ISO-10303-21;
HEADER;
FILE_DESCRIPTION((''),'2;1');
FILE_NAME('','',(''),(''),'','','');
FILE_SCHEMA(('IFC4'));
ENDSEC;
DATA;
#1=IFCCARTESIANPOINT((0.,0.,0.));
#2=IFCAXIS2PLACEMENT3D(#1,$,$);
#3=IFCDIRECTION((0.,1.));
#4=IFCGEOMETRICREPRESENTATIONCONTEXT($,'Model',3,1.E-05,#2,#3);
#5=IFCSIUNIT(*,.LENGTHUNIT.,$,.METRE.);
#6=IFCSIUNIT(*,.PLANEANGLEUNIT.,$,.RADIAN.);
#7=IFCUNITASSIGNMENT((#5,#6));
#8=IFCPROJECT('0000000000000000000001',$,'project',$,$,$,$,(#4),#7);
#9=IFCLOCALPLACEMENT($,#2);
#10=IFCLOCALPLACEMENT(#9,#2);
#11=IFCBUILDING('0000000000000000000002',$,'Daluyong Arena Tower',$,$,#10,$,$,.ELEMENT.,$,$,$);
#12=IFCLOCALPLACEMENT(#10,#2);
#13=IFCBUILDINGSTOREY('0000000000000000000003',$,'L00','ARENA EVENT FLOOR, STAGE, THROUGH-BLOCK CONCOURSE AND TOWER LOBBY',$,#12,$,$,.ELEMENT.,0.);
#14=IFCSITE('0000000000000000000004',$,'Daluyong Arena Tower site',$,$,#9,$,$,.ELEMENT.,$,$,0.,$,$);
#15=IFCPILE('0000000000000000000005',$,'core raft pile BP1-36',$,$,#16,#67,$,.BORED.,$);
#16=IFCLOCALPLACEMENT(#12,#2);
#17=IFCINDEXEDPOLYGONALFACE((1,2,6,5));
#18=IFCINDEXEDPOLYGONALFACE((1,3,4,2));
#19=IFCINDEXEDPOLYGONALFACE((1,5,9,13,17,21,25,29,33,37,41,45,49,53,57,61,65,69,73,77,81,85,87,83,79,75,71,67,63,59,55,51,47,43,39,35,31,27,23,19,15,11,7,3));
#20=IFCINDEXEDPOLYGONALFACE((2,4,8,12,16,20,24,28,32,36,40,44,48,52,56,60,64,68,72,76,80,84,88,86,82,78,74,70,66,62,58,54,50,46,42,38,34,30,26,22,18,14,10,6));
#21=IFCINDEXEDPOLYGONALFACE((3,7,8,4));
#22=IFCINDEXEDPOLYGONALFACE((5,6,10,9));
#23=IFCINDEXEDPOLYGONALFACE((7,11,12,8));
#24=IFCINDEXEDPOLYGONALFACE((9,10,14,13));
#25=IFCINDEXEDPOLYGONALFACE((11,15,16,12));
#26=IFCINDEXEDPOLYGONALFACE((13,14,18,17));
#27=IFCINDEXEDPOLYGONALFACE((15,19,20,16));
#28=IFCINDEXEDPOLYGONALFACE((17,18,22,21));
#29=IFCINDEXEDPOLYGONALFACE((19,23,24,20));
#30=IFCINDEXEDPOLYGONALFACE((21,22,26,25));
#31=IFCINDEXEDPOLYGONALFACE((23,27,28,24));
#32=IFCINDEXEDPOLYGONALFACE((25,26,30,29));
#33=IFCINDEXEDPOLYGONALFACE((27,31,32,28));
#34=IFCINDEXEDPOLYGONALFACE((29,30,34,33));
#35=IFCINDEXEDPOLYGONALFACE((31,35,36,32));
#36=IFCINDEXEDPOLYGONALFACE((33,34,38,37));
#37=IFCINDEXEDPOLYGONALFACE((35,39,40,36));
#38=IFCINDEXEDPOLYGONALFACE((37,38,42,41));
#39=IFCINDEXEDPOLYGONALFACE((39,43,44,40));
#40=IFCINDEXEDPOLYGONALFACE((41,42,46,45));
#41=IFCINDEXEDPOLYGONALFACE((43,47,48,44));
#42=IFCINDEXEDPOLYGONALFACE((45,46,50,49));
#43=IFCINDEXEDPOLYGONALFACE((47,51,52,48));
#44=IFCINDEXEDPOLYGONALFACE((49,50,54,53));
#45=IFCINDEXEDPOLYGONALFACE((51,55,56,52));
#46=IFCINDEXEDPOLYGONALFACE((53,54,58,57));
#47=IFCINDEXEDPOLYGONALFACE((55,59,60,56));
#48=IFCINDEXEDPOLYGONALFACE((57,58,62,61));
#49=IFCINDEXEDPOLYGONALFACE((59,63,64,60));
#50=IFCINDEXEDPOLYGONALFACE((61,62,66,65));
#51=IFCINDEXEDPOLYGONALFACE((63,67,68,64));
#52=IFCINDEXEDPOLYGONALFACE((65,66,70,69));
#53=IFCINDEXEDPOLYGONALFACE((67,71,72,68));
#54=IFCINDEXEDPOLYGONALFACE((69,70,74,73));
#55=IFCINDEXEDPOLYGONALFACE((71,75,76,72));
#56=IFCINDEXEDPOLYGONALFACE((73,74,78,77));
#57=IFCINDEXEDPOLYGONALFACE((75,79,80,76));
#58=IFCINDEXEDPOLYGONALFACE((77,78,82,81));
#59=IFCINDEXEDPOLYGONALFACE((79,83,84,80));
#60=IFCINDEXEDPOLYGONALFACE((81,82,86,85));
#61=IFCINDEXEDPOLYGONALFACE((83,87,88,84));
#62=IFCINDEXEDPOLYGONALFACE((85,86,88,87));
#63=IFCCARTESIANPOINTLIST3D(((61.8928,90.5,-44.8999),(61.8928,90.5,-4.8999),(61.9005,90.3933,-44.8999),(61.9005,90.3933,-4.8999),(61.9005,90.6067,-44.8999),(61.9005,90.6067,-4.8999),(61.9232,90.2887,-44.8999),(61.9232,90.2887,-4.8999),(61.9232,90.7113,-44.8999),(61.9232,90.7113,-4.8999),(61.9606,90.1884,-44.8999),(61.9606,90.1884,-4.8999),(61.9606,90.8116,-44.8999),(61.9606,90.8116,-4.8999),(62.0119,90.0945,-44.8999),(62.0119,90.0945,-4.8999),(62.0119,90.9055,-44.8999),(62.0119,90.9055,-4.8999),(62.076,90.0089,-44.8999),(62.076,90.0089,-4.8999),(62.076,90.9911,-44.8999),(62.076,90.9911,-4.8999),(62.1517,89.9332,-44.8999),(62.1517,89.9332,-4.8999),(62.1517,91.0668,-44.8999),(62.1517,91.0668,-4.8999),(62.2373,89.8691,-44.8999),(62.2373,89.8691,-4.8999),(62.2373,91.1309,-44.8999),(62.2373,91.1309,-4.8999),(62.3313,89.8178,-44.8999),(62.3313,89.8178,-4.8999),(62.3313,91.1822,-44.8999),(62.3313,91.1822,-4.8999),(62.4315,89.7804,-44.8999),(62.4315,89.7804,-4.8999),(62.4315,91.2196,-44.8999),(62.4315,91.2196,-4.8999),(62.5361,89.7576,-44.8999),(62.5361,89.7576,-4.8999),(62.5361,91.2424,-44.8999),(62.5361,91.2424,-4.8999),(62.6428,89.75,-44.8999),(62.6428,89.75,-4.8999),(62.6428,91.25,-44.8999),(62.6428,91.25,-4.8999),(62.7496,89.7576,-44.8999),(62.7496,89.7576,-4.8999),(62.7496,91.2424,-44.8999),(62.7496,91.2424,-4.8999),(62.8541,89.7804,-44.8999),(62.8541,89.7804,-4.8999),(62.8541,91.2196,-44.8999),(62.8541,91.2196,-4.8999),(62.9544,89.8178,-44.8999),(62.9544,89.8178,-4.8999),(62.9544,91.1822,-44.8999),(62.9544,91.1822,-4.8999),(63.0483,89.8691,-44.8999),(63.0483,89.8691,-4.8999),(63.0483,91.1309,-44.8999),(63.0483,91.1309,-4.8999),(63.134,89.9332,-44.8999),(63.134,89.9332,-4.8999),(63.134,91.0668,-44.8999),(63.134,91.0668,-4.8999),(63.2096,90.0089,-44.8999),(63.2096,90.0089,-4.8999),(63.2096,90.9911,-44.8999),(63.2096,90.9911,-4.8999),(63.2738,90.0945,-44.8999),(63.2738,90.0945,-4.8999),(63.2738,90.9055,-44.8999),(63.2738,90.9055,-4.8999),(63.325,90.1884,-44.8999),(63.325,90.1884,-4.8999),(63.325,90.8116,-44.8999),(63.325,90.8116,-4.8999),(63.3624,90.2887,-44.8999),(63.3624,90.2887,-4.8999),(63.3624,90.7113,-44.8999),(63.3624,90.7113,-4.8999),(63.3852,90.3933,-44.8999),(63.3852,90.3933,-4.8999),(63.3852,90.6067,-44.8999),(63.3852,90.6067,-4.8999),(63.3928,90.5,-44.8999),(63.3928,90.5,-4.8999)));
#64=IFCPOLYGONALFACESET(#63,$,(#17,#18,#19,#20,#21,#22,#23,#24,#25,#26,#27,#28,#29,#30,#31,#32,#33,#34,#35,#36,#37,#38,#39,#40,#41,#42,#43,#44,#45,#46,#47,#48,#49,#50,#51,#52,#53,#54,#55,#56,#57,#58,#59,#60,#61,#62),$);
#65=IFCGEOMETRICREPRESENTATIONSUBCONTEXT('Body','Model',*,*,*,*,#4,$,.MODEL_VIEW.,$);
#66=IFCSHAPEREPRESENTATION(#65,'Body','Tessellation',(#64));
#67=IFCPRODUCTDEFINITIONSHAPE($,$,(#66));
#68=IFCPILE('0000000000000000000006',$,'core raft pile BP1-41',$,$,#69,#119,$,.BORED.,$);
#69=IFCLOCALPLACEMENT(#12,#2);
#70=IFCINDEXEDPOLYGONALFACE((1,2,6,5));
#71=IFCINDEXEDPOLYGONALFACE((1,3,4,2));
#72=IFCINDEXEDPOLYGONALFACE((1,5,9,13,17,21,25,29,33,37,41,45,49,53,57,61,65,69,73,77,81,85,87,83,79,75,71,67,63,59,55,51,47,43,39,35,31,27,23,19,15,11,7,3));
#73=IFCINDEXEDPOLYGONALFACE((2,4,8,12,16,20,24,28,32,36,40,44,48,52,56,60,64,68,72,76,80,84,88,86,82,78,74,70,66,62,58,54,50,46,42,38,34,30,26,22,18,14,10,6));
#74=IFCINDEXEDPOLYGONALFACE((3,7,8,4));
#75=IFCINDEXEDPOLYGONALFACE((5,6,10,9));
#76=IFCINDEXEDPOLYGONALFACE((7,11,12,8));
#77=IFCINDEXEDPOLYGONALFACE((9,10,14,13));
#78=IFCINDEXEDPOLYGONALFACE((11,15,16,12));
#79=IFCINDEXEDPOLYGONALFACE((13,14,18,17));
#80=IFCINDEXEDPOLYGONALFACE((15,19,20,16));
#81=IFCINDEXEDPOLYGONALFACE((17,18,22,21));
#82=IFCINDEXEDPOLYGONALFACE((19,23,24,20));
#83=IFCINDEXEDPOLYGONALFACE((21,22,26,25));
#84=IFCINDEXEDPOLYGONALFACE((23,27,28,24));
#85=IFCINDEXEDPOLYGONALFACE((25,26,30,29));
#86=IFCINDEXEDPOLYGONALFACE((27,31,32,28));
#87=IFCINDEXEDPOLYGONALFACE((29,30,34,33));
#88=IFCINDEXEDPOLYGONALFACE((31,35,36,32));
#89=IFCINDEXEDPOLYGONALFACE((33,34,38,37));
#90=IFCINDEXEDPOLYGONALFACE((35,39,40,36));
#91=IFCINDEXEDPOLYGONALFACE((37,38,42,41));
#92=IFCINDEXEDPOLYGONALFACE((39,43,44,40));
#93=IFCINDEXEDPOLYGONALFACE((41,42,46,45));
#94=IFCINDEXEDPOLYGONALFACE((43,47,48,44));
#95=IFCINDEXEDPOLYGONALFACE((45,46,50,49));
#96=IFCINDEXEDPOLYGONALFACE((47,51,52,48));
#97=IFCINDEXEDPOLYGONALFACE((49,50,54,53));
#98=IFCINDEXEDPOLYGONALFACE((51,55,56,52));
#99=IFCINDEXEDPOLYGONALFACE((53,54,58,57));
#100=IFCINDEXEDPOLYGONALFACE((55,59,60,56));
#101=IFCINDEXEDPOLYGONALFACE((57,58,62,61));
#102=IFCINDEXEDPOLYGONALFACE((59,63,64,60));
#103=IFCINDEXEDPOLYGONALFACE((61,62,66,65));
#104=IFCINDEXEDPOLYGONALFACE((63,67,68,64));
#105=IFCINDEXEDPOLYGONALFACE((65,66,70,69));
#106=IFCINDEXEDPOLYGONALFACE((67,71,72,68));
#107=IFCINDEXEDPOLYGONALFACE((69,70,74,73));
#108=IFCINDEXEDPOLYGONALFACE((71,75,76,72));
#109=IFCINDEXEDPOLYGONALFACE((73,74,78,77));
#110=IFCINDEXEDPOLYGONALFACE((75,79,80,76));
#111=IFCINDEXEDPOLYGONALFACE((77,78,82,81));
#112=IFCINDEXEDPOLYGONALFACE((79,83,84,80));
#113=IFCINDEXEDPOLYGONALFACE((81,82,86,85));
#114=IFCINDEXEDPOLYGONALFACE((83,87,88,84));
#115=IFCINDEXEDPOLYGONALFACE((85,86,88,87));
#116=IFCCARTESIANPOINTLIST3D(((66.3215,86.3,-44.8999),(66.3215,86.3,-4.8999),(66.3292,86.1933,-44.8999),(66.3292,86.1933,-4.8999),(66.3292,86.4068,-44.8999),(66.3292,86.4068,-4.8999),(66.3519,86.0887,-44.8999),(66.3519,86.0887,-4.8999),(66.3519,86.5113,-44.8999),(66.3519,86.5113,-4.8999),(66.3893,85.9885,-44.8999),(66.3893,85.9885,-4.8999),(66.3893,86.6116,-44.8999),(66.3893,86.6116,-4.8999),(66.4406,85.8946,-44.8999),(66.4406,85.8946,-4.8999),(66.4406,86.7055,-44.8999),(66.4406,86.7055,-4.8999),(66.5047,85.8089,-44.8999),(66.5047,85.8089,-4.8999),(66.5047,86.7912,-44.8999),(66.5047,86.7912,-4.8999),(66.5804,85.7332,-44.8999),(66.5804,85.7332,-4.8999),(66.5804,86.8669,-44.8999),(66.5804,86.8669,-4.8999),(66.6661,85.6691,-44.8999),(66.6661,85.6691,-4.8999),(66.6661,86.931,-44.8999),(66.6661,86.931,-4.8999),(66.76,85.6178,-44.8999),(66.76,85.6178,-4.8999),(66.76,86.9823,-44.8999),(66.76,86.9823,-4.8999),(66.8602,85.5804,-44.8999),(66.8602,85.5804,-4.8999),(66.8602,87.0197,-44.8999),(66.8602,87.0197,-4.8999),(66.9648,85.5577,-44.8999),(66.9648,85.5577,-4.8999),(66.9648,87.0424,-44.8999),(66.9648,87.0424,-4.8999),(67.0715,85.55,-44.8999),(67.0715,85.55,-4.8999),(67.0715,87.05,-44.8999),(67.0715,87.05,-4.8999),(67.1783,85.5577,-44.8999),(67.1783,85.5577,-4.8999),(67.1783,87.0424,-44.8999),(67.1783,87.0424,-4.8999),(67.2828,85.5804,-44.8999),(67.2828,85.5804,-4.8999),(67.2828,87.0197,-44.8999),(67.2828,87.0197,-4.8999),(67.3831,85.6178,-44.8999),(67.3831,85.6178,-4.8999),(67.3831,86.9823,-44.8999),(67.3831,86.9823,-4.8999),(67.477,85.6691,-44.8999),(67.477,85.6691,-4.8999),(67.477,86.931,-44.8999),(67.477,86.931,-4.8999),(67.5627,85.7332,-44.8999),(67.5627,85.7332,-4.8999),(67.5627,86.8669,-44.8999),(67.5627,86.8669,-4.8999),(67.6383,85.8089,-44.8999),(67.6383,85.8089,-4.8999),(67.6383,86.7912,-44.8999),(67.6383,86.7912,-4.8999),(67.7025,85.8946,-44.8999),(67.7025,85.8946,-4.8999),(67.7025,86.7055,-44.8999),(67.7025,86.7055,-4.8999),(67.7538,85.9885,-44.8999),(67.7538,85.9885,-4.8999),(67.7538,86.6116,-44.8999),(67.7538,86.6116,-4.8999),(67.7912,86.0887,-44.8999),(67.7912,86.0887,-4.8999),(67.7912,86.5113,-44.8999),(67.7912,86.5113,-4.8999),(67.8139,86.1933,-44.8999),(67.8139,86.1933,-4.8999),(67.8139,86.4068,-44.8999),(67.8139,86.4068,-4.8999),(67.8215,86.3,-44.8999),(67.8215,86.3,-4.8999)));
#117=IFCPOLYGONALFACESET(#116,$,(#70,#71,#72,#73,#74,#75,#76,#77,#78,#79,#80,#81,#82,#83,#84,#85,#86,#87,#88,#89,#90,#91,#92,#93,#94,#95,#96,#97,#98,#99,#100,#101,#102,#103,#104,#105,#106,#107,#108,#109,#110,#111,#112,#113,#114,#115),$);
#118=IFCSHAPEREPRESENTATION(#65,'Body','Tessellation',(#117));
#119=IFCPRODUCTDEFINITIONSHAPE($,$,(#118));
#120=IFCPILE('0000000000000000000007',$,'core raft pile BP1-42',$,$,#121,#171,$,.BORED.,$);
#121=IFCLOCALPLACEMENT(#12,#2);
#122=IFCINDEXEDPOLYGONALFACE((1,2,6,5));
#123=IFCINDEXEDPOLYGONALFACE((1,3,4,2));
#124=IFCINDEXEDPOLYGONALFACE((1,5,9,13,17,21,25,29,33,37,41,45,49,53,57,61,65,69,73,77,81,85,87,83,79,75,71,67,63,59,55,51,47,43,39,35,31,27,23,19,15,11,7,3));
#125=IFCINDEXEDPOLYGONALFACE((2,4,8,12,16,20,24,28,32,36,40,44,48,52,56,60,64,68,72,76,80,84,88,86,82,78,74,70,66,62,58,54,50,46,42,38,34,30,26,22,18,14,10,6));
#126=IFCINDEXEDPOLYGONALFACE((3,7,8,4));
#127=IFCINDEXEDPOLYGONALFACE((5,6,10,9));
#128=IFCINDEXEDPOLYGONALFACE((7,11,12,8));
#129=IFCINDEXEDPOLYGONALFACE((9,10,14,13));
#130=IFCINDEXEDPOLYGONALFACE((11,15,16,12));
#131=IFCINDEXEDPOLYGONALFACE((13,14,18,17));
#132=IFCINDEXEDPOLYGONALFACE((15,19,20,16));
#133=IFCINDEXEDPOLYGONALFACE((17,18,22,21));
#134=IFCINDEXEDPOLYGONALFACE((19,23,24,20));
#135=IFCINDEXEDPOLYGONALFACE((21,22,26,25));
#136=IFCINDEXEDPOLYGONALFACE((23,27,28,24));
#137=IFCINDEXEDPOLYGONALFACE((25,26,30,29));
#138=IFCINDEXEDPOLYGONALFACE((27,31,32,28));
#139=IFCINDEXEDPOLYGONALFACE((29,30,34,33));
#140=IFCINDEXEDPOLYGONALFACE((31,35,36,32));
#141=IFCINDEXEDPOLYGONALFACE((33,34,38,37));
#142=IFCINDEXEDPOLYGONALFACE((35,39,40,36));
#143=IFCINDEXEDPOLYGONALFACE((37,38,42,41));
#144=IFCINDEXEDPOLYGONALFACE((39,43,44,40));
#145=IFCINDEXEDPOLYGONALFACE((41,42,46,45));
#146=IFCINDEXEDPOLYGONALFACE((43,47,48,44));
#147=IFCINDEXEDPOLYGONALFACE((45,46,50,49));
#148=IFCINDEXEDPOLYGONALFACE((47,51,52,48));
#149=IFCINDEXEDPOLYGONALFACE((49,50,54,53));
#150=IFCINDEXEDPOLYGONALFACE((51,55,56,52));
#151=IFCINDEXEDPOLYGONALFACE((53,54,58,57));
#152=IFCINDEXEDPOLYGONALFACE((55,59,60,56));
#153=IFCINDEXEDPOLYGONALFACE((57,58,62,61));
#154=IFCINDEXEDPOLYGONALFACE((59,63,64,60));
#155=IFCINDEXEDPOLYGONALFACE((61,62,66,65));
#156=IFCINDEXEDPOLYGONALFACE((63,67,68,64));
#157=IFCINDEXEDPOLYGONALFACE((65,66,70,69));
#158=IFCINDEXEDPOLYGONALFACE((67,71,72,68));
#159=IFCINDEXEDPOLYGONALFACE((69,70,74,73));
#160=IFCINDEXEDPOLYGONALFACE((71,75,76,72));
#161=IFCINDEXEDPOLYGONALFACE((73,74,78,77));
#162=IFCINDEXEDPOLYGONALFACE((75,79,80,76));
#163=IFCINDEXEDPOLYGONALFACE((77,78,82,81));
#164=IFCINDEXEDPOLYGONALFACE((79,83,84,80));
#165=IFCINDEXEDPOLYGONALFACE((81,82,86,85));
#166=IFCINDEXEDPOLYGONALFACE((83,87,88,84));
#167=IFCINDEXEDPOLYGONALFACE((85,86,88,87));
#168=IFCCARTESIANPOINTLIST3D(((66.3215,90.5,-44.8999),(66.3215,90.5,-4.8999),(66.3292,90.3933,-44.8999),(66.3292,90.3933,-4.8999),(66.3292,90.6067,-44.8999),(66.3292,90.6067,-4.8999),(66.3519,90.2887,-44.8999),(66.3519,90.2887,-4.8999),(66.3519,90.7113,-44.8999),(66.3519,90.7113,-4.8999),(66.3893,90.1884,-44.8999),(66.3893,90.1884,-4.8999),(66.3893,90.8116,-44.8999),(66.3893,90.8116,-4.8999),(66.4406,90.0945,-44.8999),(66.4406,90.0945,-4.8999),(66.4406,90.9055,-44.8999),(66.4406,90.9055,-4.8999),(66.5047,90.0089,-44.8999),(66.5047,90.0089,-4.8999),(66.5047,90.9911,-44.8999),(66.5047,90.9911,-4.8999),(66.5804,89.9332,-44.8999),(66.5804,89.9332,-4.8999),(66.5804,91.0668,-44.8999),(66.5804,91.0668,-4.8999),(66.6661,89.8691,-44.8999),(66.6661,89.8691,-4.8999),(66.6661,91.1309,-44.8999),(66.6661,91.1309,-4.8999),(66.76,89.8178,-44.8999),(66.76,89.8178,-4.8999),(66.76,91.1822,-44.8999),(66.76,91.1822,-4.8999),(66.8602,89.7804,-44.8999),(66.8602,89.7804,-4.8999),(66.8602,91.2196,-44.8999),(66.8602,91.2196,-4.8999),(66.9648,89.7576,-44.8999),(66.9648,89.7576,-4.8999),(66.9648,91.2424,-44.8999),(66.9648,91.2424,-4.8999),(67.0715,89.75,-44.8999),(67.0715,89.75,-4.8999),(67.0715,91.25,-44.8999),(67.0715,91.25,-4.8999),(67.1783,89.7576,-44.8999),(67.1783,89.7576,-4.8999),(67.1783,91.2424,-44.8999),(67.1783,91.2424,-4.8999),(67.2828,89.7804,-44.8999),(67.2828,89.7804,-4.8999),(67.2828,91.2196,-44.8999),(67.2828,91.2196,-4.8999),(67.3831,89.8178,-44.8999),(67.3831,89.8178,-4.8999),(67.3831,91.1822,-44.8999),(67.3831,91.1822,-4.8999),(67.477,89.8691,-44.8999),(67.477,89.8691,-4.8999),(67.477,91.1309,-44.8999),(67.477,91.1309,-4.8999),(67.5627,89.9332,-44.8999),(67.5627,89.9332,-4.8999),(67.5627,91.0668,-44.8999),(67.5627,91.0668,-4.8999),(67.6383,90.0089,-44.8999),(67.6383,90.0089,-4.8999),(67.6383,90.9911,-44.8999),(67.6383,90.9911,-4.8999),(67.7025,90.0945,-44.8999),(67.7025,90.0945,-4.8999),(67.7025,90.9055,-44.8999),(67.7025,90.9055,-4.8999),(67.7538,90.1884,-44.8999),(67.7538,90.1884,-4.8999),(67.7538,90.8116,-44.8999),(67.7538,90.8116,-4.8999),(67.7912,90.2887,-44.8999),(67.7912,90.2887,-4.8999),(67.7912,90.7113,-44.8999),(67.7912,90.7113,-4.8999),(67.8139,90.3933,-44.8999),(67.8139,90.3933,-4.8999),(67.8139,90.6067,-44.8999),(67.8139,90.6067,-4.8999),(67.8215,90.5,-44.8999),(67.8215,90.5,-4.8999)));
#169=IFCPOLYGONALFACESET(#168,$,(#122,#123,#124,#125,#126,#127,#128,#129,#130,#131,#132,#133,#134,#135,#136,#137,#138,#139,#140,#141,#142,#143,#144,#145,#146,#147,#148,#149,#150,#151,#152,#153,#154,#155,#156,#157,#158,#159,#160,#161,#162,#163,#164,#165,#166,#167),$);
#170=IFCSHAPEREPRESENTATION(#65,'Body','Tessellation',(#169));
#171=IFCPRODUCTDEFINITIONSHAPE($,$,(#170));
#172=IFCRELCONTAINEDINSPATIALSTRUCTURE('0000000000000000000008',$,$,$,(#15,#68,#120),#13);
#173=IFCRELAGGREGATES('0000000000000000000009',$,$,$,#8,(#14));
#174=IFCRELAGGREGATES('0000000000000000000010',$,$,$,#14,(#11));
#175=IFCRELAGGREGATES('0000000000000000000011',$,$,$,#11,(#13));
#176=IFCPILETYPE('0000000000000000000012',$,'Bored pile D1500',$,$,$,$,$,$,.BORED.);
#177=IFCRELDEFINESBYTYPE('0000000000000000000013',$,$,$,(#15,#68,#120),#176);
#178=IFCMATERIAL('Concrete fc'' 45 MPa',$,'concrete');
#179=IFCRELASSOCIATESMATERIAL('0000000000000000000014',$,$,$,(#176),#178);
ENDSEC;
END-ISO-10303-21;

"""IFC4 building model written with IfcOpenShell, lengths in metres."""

from ifc_helpers import new_model, si_unit, direction, frame, origin, origin_2d, place, context, subcontext, project, spatial, circle, extrude, material, type_object, element, save


model = new_model("IFC4")

# Units and contexts
model_context = context("Model", 3, precision=1e-05, world=origin(), true_north=direction((0.0, 1.0)))
body_context = subcontext(model_context, "Body", "Model", "MODEL_VIEW")
ifc_project = project(units=[si_unit("LENGTHUNIT", "METRE"), si_unit("PLANEANGLEUNIT", "RADIAN")], contexts=[model_context])

# Site, building, storey
site_placement = place(None, origin())
site = spatial("IfcSite", under=ifc_project, at=site_placement, Name="Daluyong Arena Tower site", CompositionType="ELEMENT", RefElevation=0.0)
building_placement = place(site_placement, origin())
building = spatial("IfcBuilding", under=site, at=building_placement, Name="Daluyong Arena Tower", CompositionType="ELEMENT")
storey_placement = place(building_placement, origin())
storey = spatial("IfcBuildingStorey", under=building, at=storey_placement, Name="L00", Description="ARENA EVENT FLOOR, STAGE, THROUGH-BLOCK CONCOURSE AND TOWER LOBBY", CompositionType="ELEMENT", Elevation=0.0)

# Piles
ifc_material_1 = material(Name="Concrete fc' 45 MPa", Category="concrete")
pile_type_1 = type_object("IfcPileType", Name="Bored pile D1500", PredefinedType="BORED", material=ifc_material_1)
for number, where, z_axis, x_axis, name in (
    (1, (62.6428, 90.5, -4.8999), (0.0, 0.0, -1.0), (1.0, 0.0, 0.0), "core raft pile BP1-36"),
    (2, (67.0715, 86.3, -4.8999), (0.0, 0.0, -1.0), (1.0, 0.0, 0.0), "core raft pile BP1-41"),
    (3, (67.0715, 90.5, -4.8999), (0.0, 0.0, -1.0), (1.0, 0.0, 0.0), "core raft pile BP1-42"),
):
    element("IfcPile", number, at=place(storey_placement, frame(where, z_axis=z_axis, x_axis=x_axis)), inside=storey, type_object=pile_type_1, Name=name, PredefinedType="BORED", context=body_context, shape_type="SweptSolid", body=[
        extrude(circle(Radius=0.75, at=origin_2d()), origin(), (0.0, 0.0, 1.0), 40.0),
    ])

save(model, "model.ifc")
